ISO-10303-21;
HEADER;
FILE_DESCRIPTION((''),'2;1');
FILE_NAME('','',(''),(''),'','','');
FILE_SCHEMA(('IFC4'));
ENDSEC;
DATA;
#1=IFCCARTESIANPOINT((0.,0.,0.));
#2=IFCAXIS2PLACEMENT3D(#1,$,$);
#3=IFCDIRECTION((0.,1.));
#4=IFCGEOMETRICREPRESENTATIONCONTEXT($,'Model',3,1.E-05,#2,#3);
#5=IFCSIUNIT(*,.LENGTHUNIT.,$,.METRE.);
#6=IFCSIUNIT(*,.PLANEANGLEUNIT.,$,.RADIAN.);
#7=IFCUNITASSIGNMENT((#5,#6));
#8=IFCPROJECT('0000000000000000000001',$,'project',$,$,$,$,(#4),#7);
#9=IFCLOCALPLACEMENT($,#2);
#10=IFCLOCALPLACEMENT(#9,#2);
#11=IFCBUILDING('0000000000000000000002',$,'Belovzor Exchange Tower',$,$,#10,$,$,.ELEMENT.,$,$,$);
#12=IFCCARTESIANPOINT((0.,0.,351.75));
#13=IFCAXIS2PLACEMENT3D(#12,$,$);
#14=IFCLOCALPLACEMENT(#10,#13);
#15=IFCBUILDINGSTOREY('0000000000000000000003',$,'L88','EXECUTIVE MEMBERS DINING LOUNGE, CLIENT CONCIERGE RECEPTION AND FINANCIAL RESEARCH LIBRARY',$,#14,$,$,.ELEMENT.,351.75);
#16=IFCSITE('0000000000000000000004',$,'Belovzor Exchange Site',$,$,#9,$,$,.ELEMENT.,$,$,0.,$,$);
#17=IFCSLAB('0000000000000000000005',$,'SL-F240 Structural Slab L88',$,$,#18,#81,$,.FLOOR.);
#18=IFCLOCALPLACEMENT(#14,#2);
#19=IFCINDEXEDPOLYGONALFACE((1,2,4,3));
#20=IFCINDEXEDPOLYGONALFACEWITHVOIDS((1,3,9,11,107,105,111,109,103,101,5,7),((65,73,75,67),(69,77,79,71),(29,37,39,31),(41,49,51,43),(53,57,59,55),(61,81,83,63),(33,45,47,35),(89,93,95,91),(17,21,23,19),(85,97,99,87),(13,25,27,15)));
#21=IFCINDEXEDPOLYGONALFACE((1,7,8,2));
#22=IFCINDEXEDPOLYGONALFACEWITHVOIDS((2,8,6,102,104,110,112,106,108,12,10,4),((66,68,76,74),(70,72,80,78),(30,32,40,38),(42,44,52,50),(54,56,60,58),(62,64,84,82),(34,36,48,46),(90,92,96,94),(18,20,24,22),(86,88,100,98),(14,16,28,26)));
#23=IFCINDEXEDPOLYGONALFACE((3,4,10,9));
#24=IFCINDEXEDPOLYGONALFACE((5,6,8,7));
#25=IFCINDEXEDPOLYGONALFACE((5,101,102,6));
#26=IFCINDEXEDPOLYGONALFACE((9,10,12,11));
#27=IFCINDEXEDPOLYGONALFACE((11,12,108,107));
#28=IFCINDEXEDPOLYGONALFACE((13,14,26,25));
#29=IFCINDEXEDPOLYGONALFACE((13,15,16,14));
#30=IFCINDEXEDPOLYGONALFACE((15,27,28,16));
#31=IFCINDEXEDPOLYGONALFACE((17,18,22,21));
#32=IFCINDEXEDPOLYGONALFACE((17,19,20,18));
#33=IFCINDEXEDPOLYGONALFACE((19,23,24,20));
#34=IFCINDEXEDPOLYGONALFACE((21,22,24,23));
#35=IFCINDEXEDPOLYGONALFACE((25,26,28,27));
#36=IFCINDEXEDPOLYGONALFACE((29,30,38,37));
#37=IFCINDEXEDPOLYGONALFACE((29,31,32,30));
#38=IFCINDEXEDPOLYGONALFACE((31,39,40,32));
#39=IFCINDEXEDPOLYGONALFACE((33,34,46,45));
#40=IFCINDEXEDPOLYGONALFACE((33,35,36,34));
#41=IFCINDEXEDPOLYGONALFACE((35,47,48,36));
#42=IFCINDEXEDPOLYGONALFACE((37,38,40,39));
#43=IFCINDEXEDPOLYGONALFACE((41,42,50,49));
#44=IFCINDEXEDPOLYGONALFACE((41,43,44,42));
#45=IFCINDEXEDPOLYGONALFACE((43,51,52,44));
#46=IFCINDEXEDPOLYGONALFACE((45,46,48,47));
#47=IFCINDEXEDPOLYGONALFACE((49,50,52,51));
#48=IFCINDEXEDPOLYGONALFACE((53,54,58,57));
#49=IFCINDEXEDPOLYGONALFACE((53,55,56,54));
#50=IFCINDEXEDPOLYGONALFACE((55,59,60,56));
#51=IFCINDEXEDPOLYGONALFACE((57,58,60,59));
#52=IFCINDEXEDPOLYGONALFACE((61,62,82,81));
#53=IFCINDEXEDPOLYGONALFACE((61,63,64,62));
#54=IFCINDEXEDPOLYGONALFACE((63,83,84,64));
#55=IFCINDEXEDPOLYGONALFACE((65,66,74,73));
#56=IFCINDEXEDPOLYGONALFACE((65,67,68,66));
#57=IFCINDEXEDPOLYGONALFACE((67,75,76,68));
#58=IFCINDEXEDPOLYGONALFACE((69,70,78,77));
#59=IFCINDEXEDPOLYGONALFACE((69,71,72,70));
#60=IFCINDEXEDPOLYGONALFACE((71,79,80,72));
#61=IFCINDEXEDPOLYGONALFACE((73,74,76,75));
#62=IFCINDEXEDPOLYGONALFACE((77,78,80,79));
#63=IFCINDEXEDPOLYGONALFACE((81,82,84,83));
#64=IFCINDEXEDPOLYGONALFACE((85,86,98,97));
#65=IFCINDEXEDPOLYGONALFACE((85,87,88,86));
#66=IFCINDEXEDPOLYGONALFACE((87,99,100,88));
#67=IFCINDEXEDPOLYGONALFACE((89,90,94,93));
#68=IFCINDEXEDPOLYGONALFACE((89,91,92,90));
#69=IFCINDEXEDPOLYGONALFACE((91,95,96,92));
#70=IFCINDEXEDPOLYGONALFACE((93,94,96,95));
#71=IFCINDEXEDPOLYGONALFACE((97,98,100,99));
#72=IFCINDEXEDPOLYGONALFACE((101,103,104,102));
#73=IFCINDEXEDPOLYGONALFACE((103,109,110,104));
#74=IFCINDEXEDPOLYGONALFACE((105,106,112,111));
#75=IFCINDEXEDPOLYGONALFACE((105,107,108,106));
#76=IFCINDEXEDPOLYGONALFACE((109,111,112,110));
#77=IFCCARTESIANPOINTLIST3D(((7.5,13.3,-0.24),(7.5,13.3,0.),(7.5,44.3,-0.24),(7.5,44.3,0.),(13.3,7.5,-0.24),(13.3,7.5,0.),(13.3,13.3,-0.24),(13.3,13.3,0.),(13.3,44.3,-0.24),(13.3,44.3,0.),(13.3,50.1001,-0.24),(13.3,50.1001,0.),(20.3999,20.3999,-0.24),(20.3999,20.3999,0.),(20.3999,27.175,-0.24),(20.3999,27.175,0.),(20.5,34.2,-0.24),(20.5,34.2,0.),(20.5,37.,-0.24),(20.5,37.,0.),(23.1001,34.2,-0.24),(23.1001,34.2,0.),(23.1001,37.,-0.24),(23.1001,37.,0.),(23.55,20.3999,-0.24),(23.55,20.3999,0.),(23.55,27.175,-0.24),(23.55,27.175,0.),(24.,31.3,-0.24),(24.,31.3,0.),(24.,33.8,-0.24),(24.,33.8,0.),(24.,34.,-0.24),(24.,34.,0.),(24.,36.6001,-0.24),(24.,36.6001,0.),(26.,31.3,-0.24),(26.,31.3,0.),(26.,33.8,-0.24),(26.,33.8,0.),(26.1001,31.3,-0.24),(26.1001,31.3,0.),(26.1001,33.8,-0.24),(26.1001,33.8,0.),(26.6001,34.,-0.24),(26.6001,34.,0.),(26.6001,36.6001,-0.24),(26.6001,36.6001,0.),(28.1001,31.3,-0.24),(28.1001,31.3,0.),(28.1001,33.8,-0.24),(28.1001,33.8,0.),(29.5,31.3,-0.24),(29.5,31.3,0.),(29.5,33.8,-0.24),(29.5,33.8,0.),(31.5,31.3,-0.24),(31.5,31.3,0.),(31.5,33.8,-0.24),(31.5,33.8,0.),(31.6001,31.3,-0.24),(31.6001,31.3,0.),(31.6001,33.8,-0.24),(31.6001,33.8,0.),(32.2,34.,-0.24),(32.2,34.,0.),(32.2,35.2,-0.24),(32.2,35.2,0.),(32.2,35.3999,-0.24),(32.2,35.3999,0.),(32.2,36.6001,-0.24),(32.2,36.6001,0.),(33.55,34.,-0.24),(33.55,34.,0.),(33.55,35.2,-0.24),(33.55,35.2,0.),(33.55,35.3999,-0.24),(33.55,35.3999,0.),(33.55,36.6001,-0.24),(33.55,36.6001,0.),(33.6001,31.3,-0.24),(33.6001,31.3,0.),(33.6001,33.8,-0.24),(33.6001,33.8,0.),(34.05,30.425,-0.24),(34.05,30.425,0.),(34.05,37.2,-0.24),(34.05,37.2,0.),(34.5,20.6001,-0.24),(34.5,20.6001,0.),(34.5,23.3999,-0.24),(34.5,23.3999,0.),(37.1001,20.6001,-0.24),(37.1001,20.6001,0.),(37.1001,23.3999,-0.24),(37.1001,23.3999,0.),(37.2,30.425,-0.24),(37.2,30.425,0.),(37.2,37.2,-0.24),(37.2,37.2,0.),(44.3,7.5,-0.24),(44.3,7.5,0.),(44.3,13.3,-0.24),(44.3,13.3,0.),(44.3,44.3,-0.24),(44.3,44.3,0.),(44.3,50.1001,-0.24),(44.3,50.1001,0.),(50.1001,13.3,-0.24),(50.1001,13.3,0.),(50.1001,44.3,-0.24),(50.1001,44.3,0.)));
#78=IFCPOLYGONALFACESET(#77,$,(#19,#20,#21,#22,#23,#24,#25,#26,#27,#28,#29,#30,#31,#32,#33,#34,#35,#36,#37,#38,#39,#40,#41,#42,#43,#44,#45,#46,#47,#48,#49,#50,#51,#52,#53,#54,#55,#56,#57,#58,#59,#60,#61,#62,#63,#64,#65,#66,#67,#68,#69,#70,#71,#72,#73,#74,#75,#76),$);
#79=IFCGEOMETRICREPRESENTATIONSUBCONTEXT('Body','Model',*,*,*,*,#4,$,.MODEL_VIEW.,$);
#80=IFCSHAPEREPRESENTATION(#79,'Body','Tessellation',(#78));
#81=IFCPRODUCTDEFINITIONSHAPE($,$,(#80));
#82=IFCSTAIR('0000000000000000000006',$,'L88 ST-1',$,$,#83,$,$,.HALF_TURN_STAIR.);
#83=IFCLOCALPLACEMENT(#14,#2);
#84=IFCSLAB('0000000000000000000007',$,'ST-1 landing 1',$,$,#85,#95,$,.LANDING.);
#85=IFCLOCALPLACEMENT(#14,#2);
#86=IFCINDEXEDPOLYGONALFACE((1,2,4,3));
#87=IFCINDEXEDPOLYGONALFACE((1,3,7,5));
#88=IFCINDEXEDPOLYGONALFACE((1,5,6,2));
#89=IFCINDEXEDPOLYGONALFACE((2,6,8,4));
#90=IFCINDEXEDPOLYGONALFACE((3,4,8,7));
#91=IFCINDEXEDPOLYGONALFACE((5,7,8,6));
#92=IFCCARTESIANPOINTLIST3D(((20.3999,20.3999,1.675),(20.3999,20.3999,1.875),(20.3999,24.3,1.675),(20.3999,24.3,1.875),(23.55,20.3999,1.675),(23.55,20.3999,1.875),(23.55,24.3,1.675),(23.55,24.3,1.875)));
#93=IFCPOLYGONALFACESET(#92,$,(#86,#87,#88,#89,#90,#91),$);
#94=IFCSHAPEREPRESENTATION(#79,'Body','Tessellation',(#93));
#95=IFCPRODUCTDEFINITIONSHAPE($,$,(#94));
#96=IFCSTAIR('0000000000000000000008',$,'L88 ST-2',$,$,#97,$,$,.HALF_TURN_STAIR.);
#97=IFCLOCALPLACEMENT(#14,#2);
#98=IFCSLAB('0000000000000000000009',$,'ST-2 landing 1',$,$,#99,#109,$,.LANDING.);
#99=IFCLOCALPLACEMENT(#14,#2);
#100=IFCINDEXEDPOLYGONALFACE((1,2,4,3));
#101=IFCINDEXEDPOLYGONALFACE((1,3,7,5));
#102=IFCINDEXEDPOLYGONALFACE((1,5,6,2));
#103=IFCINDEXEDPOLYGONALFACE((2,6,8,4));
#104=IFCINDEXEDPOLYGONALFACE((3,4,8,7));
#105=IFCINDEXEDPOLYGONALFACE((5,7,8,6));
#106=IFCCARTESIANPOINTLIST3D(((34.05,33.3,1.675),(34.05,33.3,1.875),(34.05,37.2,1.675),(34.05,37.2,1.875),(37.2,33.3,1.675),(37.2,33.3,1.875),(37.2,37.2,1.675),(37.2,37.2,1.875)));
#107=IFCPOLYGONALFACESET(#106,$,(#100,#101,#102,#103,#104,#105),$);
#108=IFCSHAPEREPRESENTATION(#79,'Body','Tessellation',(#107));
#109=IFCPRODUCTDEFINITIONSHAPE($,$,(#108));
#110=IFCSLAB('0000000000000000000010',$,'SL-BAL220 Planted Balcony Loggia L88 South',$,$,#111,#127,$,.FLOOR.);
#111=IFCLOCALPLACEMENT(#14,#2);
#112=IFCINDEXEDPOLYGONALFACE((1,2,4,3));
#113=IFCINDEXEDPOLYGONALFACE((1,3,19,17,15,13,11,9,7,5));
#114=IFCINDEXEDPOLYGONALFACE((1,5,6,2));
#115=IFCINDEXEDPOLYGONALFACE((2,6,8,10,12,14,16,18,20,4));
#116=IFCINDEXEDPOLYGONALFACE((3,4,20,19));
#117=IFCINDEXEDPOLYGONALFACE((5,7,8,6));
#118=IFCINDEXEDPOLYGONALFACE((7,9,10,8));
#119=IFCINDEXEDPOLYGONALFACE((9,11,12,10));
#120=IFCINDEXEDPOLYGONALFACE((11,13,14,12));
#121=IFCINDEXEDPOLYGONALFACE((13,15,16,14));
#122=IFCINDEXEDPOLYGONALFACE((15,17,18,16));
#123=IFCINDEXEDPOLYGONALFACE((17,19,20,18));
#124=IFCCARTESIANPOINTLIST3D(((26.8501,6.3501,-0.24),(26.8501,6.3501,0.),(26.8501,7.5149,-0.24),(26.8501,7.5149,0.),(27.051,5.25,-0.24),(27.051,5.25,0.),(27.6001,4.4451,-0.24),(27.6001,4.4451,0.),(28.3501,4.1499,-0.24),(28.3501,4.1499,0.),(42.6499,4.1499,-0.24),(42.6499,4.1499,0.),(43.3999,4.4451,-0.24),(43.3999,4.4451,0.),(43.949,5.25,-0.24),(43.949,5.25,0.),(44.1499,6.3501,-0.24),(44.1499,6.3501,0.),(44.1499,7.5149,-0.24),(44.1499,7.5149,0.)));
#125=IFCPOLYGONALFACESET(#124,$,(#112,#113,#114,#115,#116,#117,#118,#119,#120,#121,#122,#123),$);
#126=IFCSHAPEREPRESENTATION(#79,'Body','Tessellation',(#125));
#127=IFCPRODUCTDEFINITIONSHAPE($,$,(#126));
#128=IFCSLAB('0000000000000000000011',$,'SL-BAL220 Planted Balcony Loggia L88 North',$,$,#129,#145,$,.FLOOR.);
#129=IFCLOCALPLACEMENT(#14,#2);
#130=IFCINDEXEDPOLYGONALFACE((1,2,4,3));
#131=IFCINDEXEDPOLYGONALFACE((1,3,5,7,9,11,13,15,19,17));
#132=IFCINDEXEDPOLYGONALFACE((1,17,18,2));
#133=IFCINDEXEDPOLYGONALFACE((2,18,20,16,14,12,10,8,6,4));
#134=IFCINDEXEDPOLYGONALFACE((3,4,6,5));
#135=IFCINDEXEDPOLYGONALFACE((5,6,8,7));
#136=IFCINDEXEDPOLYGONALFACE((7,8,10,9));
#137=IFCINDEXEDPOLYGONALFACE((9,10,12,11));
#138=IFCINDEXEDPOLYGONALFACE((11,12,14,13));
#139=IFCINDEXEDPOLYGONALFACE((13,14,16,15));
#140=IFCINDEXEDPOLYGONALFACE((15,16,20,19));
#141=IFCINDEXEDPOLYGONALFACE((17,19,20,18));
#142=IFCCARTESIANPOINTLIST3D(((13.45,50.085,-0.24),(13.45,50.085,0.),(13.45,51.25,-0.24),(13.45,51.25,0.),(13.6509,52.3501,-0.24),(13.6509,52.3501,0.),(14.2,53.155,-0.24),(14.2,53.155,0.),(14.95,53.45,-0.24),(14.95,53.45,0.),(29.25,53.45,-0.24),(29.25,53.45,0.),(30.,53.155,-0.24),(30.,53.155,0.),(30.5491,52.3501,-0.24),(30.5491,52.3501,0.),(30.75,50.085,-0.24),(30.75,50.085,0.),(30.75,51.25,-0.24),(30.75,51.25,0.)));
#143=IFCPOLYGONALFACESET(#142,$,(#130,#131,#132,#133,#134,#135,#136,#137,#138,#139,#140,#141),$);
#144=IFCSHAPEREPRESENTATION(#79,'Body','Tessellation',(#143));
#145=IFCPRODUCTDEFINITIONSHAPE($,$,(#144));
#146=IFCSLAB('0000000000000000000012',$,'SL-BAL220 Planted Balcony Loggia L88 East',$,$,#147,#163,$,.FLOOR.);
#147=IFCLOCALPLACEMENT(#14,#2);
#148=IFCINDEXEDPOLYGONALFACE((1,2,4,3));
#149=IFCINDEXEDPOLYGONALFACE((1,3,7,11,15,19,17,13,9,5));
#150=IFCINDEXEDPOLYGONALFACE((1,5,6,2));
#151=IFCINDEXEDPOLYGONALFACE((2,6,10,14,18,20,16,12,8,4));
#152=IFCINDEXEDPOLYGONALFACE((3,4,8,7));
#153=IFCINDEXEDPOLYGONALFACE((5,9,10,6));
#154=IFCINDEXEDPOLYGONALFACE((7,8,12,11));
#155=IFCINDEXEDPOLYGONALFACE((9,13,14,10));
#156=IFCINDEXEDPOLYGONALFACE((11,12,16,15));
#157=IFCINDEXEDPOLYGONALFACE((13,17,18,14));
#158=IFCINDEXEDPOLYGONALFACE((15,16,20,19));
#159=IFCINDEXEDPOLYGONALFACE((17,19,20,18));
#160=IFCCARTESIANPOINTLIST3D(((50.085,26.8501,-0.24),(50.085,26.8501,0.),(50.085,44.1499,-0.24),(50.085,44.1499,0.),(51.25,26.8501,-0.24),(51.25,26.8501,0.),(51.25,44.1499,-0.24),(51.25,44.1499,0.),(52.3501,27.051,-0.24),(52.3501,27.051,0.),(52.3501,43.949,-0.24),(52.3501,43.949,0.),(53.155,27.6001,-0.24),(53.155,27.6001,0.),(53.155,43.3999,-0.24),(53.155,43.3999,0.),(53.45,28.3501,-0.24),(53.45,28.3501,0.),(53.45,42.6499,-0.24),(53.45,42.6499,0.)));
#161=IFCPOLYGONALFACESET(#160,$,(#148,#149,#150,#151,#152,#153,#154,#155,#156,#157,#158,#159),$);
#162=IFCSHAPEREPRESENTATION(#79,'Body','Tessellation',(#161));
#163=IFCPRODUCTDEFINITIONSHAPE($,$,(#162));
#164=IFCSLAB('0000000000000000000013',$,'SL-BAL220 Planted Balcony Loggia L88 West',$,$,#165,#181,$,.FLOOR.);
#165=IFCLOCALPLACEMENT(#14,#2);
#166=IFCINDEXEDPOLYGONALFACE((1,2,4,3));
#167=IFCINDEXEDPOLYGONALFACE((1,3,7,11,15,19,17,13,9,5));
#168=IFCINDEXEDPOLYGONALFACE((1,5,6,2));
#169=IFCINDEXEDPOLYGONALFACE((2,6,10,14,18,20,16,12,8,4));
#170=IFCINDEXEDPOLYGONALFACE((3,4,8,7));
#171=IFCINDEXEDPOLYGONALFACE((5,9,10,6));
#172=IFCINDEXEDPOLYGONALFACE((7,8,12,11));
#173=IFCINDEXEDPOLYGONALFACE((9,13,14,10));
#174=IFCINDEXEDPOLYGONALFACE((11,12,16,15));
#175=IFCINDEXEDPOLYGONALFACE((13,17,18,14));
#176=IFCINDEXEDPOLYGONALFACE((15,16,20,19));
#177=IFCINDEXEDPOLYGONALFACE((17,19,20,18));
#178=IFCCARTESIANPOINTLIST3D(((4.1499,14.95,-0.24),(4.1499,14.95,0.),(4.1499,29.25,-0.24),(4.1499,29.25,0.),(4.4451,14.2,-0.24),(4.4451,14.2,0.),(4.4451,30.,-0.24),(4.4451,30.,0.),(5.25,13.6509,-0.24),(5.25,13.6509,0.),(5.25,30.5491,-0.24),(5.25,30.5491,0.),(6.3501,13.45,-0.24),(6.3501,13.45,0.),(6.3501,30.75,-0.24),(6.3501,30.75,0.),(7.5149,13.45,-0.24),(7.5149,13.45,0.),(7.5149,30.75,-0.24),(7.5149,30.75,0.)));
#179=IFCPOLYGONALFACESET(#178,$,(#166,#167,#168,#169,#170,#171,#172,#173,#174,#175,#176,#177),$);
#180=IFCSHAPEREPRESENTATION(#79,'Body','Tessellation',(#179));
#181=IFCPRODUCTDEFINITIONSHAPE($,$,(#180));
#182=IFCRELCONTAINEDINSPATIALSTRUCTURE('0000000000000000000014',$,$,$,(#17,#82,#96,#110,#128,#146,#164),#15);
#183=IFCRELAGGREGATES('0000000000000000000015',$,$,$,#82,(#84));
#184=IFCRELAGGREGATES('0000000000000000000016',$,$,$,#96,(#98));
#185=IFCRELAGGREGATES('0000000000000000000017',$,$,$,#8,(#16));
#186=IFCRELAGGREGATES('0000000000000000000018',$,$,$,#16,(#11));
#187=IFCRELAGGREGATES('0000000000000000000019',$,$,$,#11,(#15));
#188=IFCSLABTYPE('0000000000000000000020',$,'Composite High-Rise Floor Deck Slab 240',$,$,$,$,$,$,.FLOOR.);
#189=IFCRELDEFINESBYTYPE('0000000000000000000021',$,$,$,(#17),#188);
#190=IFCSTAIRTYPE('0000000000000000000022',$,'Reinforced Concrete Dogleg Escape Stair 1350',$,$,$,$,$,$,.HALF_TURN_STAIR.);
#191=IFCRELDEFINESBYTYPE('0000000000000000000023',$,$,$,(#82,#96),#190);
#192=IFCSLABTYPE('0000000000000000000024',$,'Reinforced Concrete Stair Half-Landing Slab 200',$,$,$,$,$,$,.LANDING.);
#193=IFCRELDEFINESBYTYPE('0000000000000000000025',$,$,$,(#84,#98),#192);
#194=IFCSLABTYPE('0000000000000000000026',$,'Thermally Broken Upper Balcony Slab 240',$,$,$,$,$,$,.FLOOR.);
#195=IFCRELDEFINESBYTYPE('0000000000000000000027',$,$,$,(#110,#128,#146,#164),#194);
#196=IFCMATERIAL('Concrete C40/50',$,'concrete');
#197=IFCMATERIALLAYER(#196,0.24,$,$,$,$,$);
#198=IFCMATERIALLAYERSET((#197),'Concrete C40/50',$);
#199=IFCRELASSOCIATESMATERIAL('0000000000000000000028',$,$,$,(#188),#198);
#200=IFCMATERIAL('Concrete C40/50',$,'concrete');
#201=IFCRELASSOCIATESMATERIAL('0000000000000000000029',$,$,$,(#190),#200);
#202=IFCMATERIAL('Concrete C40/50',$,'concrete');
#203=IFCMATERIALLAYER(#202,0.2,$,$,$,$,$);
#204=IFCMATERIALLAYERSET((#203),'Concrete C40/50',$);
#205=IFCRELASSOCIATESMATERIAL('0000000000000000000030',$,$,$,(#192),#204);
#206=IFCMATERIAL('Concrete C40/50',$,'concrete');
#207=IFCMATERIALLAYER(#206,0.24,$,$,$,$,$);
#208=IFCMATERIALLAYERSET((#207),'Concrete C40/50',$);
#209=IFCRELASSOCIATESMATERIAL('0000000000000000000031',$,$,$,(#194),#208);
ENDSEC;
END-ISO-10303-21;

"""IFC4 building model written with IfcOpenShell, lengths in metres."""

from ifc_helpers import new_model, si_unit, direction, frame, origin, place, context, subcontext, project, spatial, polyline, outline, extrude, material, layer, layer_set, type_object, element, aggregate, save


model = new_model("IFC4")

# Units and contexts
model_context = context("Model", 3, precision=1e-05, world=origin(), true_north=direction((0.0, 1.0)))
body_context = subcontext(model_context, "Body", "Model", "MODEL_VIEW")
ifc_project = project(units=[si_unit("LENGTHUNIT", "METRE"), si_unit("PLANEANGLEUNIT", "RADIAN")], contexts=[model_context])

# Site, building, storey
site_placement = place(None, origin())
site = spatial("IfcSite", under=ifc_project, at=site_placement, Name="Belovzor Exchange Site", CompositionType="ELEMENT", RefElevation=0.0)
building_placement = place(site_placement, origin())
building = spatial("IfcBuilding", under=site, at=building_placement, Name="Belovzor Exchange Tower", CompositionType="ELEMENT")
storey_placement = place(building_placement, frame((0.0, 0.0, 351.75)))
storey = spatial("IfcBuildingStorey", under=building, at=storey_placement, Name="L88", Description="EXECUTIVE MEMBERS DINING LOUNGE, CLIENT CONCIERGE RECEPTION AND FINANCIAL RESEARCH LIBRARY", CompositionType="ELEMENT", Elevation=351.75)

# Slab
ifc_material_1 = material(Name="Concrete C40/50", Category="concrete")
ifc_layer_1 = layer(ifc_material_1, 0.24)
ifc_layer_set_1 = layer_set([ifc_layer_1], Name="Concrete C40/50")
slab_type_1 = type_object("IfcSlabType", Name="Composite High-Rise Floor Deck Slab 240", PredefinedType="FLOOR", material=ifc_layer_set_1)
slab_1_placement = place(storey_placement, frame((0.0, 0.0, -0.24)))
element("IfcSlab", 1, at=slab_1_placement, inside=storey, type_object=slab_type_1, Name="SL-F240 Structural Slab L88", PredefinedType="FLOOR", context=body_context, shape_type="SweptSolid", body=[
    extrude(outline(polyline([(13.3, 7.5), (44.3, 7.5), (44.3, 13.3), (50.1001, 13.3), (50.1001, 44.3), (44.3, 44.3), (44.3, 50.1001), (13.3, 50.1001), (13.3, 44.3), (7.5, 44.3), (7.5, 13.3), (13.3, 13.3), (13.3, 7.5)]), holes=[polyline([(20.3999, 27.175), (20.3999, 20.3999), (23.55, 20.3999), (23.55, 27.175), (20.3999, 27.175)]), polyline([(37.2, 30.425), (37.2, 37.2), (34.05, 37.2), (34.05, 30.425), (37.2, 30.425)]), polyline([(20.5, 34.2), (23.1001, 34.2), (23.1001, 37.0), (20.5, 37.0), (20.5, 34.2)]), polyline([(34.5, 20.6001), (37.1001, 20.6001), (37.1001, 23.3999), (34.5, 23.3999), (34.5, 20.6001)]), polyline([(24.0, 34.0), (26.6001, 34.0), (26.6001, 36.6001), (24.0, 36.6001), (24.0, 34.0)]), polyline([(24.0, 31.3), (26.0, 31.3), (26.0, 33.8), (24.0, 33.8), (24.0, 31.3)]), polyline([(26.1001, 31.3), (28.1001, 31.3), (28.1001, 33.8), (26.1001, 33.8), (26.1001, 31.3)]), polyline([(29.5, 31.3), (31.5, 31.3), (31.5, 33.8), (29.5, 33.8), (29.5, 31.3)]), polyline([(31.6001, 31.3), (33.6001, 31.3), (33.6001, 33.8), (31.6001, 33.8), (31.6001, 31.3)]), polyline([(32.2, 34.0), (33.55, 34.0), (33.55, 35.2), (32.2, 35.2), (32.2, 34.0)]), polyline([(32.2, 35.3999), (33.55, 35.3999), (33.55, 36.6001), (32.2, 36.6001), (32.2, 35.3999)])]), origin(), (0.0, 0.0, 1.0), 0.24),
])

# Stairs, slabs
ifc_material_2 = material(Name="Concrete C40/50", Category="concrete")
stair_type = type_object("IfcStairType", Name="Reinforced Concrete Dogleg Escape Stair 1350", PredefinedType="HALF_TURN_STAIR", material=ifc_material_2)
stair_1_placement = place(storey_placement, origin())
stair_1 = element("IfcStair", 2, at=stair_1_placement, inside=storey, type_object=stair_type, Name="L88 ST-1", PredefinedType="HALF_TURN_STAIR")
ifc_material_3 = material(Name="Concrete C40/50", Category="concrete")
ifc_layer_2 = layer(ifc_material_3, 0.2)
ifc_layer_set_2 = layer_set([ifc_layer_2], Name="Concrete C40/50")
slab_type_2 = type_object("IfcSlabType", Name="Reinforced Concrete Stair Half-Landing Slab 200", PredefinedType="LANDING", material=ifc_layer_set_2)
slab_2_placement = place(storey_placement, frame((0.0, 0.0, 1.675)))
slab_2 = element("IfcSlab", 3, at=slab_2_placement, type_object=slab_type_2, Name="ST-1 landing 1", PredefinedType="LANDING", context=body_context, shape_type="SweptSolid", body=[
    extrude(outline(polyline([(20.3999, 24.3), (20.3999, 20.3999), (23.55, 20.3999), (23.55, 24.3), (20.3999, 24.3)])), origin(), (0.0, 0.0, 1.0), 0.2),
])
aggregate(stair_1, [slab_2])
stair_2_placement = place(storey_placement, origin())
stair_2 = element("IfcStair", 4, at=stair_2_placement, inside=storey, type_object=stair_type, Name="L88 ST-2", PredefinedType="HALF_TURN_STAIR")
slab_3_placement = place(storey_placement, frame((0.0, 0.0, 1.675)))
slab_3 = element("IfcSlab", 5, at=slab_3_placement, type_object=slab_type_2, Name="ST-2 landing 1", PredefinedType="LANDING", context=body_context, shape_type="SweptSolid", body=[
    extrude(outline(polyline([(37.2, 33.3), (37.2, 37.2), (34.05, 37.2), (34.05, 33.3), (37.2, 33.3)])), origin(), (0.0, 0.0, 1.0), 0.2),
])
aggregate(stair_2, [slab_3])

# Slabs
ifc_material_4 = material(Name="Concrete C40/50", Category="concrete")
ifc_layer_3 = layer(ifc_material_4, 0.24)
ifc_layer_set_3 = layer_set([ifc_layer_3], Name="Concrete C40/50")
slab_type_3 = type_object("IfcSlabType", Name="Thermally Broken Upper Balcony Slab 240", PredefinedType="FLOOR", material=ifc_layer_set_3)
slab_4_placement = place(storey_placement, frame((0.0, 0.0, -0.24)))
element("IfcSlab", 6, at=slab_4_placement, inside=storey, type_object=slab_type_3, Name="SL-BAL220 Planted Balcony Loggia L88 South", PredefinedType="FLOOR", context=body_context, shape_type="SweptSolid", body=[
    extrude(outline(polyline([(26.8501, 7.5149), (26.8501, 6.3501), (27.051, 5.25), (27.6001, 4.4451), (28.3501, 4.1499), (42.6499, 4.1499), (43.3999, 4.4451), (43.949, 5.25), (44.1499, 6.3501), (44.1499, 7.5149), (26.8501, 7.5149)])), origin(), (0.0, 0.0, 1.0), 0.24),
])
slab_5_placement = place(storey_placement, frame((0.0, 0.0, -0.24)))
element("IfcSlab", 7, at=slab_5_placement, inside=storey, type_object=slab_type_3, Name="SL-BAL220 Planted Balcony Loggia L88 North", PredefinedType="FLOOR", context=body_context, shape_type="SweptSolid", body=[
    extrude(outline(polyline([(30.75, 50.085), (30.75, 51.25), (30.5491, 52.3501), (30.0, 53.155), (29.25, 53.45), (14.95, 53.45), (14.2, 53.155), (13.6509, 52.3501), (13.45, 51.25), (13.45, 50.085), (30.75, 50.085)])), origin(), (0.0, 0.0, 1.0), 0.24),
])
slab_6_placement = place(storey_placement, frame((0.0, 0.0, -0.24)))
element("IfcSlab", 8, at=slab_6_placement, inside=storey, type_object=slab_type_3, Name="SL-BAL220 Planted Balcony Loggia L88 East", PredefinedType="FLOOR", context=body_context, shape_type="SweptSolid", body=[
    extrude(outline(polyline([(50.085, 26.8501), (51.25, 26.8501), (52.3501, 27.051), (53.155, 27.6001), (53.45, 28.3501), (53.45, 42.6499), (53.155, 43.3999), (52.3501, 43.949), (51.25, 44.1499), (50.085, 44.1499), (50.085, 26.8501)])), origin(), (0.0, 0.0, 1.0), 0.24),
])
slab_7_placement = place(storey_placement, frame((0.0, 0.0, -0.24)))
element("IfcSlab", 9, at=slab_7_placement, inside=storey, type_object=slab_type_3, Name="SL-BAL220 Planted Balcony Loggia L88 West", PredefinedType="FLOOR", context=body_context, shape_type="SweptSolid", body=[
    extrude(outline(polyline([(7.5149, 30.75), (6.3501, 30.75), (5.25, 30.5491), (4.4451, 30.0), (4.1499, 29.25), (4.1499, 14.95), (4.4451, 14.2), (5.25, 13.6509), (6.3501, 13.45), (7.5149, 13.45), (7.5149, 30.75)])), origin(), (0.0, 0.0, 1.0), 0.24),
])

save(model, "model.ifc")
